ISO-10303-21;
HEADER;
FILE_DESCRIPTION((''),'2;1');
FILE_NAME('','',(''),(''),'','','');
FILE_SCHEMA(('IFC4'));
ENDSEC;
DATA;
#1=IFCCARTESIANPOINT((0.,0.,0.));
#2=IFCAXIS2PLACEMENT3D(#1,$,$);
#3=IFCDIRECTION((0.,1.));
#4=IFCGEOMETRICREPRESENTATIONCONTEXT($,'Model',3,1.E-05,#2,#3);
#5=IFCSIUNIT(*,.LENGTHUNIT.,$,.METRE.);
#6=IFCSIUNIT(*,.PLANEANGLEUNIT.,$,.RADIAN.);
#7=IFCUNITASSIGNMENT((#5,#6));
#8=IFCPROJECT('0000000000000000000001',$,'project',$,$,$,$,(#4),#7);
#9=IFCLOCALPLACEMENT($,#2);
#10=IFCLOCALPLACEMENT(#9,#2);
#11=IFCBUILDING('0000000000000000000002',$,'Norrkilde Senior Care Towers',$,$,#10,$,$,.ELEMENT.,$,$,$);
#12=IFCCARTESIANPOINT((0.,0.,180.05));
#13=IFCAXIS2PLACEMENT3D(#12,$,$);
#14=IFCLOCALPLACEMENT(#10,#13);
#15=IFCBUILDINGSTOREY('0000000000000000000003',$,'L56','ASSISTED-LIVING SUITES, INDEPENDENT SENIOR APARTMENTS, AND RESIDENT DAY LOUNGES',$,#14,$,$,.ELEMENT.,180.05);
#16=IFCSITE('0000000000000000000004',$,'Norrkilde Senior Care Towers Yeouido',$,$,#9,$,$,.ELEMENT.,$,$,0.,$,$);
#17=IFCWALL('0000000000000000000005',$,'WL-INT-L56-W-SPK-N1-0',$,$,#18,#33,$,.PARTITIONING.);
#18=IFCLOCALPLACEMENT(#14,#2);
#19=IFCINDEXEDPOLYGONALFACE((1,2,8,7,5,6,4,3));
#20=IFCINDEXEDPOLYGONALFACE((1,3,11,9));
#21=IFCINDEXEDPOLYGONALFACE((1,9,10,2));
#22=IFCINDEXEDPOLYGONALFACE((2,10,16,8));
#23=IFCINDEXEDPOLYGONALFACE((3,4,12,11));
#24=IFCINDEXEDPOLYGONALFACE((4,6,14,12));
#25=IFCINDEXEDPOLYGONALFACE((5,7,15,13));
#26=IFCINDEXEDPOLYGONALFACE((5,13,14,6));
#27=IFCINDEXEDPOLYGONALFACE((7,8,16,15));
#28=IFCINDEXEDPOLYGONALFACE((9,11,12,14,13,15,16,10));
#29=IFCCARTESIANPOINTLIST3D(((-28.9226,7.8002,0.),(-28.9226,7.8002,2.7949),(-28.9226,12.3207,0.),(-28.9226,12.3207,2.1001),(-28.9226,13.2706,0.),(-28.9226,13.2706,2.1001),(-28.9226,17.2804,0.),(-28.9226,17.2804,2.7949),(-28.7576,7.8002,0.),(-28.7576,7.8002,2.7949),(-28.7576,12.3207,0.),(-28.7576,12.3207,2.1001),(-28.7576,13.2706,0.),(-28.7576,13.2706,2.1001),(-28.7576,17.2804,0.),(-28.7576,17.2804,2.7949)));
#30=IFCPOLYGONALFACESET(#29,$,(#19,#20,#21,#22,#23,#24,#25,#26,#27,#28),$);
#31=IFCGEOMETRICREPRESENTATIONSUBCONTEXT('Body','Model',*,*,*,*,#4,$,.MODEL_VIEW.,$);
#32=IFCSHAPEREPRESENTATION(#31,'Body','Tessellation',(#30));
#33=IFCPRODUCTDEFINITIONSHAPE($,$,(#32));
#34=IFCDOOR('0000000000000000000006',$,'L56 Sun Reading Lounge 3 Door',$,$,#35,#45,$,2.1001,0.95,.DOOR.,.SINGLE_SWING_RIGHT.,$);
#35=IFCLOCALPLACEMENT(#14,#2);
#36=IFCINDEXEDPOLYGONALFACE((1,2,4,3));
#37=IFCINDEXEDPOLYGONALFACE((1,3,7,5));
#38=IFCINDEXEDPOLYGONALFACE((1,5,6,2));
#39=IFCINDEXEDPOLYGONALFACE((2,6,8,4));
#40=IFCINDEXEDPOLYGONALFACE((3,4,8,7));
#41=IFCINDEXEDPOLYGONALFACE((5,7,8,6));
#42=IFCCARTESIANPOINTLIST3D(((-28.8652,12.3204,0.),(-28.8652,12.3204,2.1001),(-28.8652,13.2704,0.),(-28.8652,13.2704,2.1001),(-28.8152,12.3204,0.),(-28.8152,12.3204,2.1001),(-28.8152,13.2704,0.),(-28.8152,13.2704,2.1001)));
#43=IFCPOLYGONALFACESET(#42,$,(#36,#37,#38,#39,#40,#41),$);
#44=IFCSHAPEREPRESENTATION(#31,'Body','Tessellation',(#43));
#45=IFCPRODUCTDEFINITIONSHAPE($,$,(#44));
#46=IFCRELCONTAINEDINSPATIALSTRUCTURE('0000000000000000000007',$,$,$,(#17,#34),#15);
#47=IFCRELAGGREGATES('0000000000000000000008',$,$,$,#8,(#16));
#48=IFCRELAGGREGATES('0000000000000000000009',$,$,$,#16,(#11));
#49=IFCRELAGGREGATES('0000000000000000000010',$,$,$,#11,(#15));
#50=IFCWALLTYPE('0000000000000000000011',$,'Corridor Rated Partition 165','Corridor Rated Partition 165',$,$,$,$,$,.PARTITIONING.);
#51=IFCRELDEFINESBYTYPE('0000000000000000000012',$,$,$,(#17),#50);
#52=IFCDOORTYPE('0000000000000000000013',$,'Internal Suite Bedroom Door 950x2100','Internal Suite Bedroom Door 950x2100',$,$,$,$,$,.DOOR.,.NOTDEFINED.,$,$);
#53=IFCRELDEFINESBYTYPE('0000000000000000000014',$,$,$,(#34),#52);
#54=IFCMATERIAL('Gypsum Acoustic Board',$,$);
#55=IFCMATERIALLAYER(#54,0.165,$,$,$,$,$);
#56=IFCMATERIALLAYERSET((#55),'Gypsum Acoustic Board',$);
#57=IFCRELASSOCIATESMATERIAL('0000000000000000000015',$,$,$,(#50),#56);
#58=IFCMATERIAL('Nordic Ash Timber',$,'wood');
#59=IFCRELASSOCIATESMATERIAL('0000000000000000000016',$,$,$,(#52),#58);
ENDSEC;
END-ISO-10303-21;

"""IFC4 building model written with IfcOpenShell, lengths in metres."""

from ifc_helpers import new_model, si_unit, direction, frame, frame_2d, origin, place, context, subcontext, project, spatial, rectangle, extrude, source, transform, mapped, material, layer, layer_set, type_object, type_shapes, element, fill, save


model = new_model("IFC4")

# Units and contexts
model_context = context("Model", 3, precision=1e-05, world=origin(), true_north=direction((0.0, 1.0)))
body_context = subcontext(model_context, "Body", "Model", "MODEL_VIEW")
ifc_project = project(units=[si_unit("LENGTHUNIT", "METRE"), si_unit("PLANEANGLEUNIT", "RADIAN")], contexts=[model_context])

# Site, building, storey
site_placement = place(None, origin())
site = spatial("IfcSite", under=ifc_project, at=site_placement, Name="Norrkilde Senior Care Towers Yeouido", CompositionType="ELEMENT", RefElevation=0.0)
building_placement = place(site_placement, origin())
building = spatial("IfcBuilding", under=site, at=building_placement, Name="Norrkilde Senior Care Towers", CompositionType="ELEMENT")
storey_placement = place(building_placement, frame((0.0, 0.0, 180.05)))
storey = spatial("IfcBuildingStorey", under=building, at=storey_placement, Name="L56", Description="ASSISTED-LIVING SUITES, INDEPENDENT SENIOR APARTMENTS, AND RESIDENT DAY LOUNGES", CompositionType="ELEMENT", Elevation=180.05)

# Shared definitions
ifc_material_1 = material(Name="Gypsum Acoustic Board")
ifc_layer_1 = layer(ifc_material_1, 0.165)
ifc_layer_set_1 = layer_set([ifc_layer_1], Name="Gypsum Acoustic Board")
wall_type_1 = type_object("IfcWallType", Name="Corridor Rated Partition 165", Description="Corridor Rated Partition 165", PredefinedType="PARTITIONING", material=ifc_layer_set_1)
ifc_material_2 = material(Name="Nordic Ash Timber", Category="wood")

# Wall, opening, door
shared_shape_1 = source(origin(), body_context, "Body", "SweptSolid", [
    extrude(rectangle(XDim=9.4802, YDim=0.165, at=frame_2d((4.7402, 0.0))), origin(), (0.0, 0.0, 1.0), 2.7949),
])
wall_1_placement = place(storey_placement, frame((-28.8401, 7.8, 0.0), z_axis=(0.0, 0.0, 1.0), x_axis=(0.0, 1.0, 0.0)))
wall_1 = element("IfcWall", 1, at=wall_1_placement, inside=storey, type_object=wall_type_1, Name="WL-INT-L56-W-SPK-N1-0", PredefinedType="PARTITIONING", context=body_context, shape_type="MappedRepresentation", body=[
    mapped(shared_shape_1, transform((0.0, 0.0, 0.0), x_axis=(1.0, 0.0, 0.0), y_axis=(0.0, 1.0, 0.0), z_axis=(0.0, 0.0, 1.0), scale=1.0)),
])
opening_1_placement = place(wall_1_placement, frame((4.5205, 0.0, 0.0)))
opening_1 = element("IfcOpeningElement", 2, at=opening_1_placement, cuts=wall_1, PredefinedType="OPENING", context=body_context, shape_type="SweptSolid", body=[
    extrude(rectangle(XDim=0.95, YDim=2.1001, at=frame_2d((0.4751, 1.05))), frame((0.0, 0.0925, 0.0), z_axis=(0.0, -1.0, 0.0), x_axis=(1.0, 0.0, 0.0)), (0.0, 0.0, 1.0), 0.1851),
])
door_type_1 = type_object("IfcDoorType", Name="Internal Suite Bedroom Door 950x2100", Description="Internal Suite Bedroom Door 950x2100", OperationType="NOTDEFINED", PredefinedType="DOOR", material=ifc_material_2)
shared_shape_2 = source(origin(), body_context, "Body", "SweptSolid", [
    extrude(rectangle(XDim=0.95, YDim=2.1001, at=frame_2d((0.4751, 1.05))), frame((0.0, 0.0249, 0.0), z_axis=(0.0, -1.0, 0.0), x_axis=(1.0, 0.0, 0.0)), (0.0, 0.0, 1.0), 0.05),
])
type_shapes(door_type_1, [shared_shape_2])
door_1_placement = place(opening_1_placement, frame((0.95, 0.0, 0.0), z_axis=(0.0, 0.0, 1.0), x_axis=(-1.0, 0.0, 0.0)))
door_1 = element("IfcDoor", 3, at=door_1_placement, inside=storey, type_object=door_type_1, Name="L56 Sun Reading Lounge 3 Door", OperationType="SINGLE_SWING_RIGHT", OverallHeight=2.1001, OverallWidth=0.95, PredefinedType="DOOR", context=body_context, shape_type="MappedRepresentation", body=[
    mapped(shared_shape_2, transform((0.0, 0.0, 0.0), x_axis=(1.0, 0.0, 0.0), y_axis=(0.0, 1.0, 0.0), z_axis=(0.0, 0.0, 1.0), scale=1.0)),
])
fill(opening_1, door_1)

save(model, "model.ifc")
